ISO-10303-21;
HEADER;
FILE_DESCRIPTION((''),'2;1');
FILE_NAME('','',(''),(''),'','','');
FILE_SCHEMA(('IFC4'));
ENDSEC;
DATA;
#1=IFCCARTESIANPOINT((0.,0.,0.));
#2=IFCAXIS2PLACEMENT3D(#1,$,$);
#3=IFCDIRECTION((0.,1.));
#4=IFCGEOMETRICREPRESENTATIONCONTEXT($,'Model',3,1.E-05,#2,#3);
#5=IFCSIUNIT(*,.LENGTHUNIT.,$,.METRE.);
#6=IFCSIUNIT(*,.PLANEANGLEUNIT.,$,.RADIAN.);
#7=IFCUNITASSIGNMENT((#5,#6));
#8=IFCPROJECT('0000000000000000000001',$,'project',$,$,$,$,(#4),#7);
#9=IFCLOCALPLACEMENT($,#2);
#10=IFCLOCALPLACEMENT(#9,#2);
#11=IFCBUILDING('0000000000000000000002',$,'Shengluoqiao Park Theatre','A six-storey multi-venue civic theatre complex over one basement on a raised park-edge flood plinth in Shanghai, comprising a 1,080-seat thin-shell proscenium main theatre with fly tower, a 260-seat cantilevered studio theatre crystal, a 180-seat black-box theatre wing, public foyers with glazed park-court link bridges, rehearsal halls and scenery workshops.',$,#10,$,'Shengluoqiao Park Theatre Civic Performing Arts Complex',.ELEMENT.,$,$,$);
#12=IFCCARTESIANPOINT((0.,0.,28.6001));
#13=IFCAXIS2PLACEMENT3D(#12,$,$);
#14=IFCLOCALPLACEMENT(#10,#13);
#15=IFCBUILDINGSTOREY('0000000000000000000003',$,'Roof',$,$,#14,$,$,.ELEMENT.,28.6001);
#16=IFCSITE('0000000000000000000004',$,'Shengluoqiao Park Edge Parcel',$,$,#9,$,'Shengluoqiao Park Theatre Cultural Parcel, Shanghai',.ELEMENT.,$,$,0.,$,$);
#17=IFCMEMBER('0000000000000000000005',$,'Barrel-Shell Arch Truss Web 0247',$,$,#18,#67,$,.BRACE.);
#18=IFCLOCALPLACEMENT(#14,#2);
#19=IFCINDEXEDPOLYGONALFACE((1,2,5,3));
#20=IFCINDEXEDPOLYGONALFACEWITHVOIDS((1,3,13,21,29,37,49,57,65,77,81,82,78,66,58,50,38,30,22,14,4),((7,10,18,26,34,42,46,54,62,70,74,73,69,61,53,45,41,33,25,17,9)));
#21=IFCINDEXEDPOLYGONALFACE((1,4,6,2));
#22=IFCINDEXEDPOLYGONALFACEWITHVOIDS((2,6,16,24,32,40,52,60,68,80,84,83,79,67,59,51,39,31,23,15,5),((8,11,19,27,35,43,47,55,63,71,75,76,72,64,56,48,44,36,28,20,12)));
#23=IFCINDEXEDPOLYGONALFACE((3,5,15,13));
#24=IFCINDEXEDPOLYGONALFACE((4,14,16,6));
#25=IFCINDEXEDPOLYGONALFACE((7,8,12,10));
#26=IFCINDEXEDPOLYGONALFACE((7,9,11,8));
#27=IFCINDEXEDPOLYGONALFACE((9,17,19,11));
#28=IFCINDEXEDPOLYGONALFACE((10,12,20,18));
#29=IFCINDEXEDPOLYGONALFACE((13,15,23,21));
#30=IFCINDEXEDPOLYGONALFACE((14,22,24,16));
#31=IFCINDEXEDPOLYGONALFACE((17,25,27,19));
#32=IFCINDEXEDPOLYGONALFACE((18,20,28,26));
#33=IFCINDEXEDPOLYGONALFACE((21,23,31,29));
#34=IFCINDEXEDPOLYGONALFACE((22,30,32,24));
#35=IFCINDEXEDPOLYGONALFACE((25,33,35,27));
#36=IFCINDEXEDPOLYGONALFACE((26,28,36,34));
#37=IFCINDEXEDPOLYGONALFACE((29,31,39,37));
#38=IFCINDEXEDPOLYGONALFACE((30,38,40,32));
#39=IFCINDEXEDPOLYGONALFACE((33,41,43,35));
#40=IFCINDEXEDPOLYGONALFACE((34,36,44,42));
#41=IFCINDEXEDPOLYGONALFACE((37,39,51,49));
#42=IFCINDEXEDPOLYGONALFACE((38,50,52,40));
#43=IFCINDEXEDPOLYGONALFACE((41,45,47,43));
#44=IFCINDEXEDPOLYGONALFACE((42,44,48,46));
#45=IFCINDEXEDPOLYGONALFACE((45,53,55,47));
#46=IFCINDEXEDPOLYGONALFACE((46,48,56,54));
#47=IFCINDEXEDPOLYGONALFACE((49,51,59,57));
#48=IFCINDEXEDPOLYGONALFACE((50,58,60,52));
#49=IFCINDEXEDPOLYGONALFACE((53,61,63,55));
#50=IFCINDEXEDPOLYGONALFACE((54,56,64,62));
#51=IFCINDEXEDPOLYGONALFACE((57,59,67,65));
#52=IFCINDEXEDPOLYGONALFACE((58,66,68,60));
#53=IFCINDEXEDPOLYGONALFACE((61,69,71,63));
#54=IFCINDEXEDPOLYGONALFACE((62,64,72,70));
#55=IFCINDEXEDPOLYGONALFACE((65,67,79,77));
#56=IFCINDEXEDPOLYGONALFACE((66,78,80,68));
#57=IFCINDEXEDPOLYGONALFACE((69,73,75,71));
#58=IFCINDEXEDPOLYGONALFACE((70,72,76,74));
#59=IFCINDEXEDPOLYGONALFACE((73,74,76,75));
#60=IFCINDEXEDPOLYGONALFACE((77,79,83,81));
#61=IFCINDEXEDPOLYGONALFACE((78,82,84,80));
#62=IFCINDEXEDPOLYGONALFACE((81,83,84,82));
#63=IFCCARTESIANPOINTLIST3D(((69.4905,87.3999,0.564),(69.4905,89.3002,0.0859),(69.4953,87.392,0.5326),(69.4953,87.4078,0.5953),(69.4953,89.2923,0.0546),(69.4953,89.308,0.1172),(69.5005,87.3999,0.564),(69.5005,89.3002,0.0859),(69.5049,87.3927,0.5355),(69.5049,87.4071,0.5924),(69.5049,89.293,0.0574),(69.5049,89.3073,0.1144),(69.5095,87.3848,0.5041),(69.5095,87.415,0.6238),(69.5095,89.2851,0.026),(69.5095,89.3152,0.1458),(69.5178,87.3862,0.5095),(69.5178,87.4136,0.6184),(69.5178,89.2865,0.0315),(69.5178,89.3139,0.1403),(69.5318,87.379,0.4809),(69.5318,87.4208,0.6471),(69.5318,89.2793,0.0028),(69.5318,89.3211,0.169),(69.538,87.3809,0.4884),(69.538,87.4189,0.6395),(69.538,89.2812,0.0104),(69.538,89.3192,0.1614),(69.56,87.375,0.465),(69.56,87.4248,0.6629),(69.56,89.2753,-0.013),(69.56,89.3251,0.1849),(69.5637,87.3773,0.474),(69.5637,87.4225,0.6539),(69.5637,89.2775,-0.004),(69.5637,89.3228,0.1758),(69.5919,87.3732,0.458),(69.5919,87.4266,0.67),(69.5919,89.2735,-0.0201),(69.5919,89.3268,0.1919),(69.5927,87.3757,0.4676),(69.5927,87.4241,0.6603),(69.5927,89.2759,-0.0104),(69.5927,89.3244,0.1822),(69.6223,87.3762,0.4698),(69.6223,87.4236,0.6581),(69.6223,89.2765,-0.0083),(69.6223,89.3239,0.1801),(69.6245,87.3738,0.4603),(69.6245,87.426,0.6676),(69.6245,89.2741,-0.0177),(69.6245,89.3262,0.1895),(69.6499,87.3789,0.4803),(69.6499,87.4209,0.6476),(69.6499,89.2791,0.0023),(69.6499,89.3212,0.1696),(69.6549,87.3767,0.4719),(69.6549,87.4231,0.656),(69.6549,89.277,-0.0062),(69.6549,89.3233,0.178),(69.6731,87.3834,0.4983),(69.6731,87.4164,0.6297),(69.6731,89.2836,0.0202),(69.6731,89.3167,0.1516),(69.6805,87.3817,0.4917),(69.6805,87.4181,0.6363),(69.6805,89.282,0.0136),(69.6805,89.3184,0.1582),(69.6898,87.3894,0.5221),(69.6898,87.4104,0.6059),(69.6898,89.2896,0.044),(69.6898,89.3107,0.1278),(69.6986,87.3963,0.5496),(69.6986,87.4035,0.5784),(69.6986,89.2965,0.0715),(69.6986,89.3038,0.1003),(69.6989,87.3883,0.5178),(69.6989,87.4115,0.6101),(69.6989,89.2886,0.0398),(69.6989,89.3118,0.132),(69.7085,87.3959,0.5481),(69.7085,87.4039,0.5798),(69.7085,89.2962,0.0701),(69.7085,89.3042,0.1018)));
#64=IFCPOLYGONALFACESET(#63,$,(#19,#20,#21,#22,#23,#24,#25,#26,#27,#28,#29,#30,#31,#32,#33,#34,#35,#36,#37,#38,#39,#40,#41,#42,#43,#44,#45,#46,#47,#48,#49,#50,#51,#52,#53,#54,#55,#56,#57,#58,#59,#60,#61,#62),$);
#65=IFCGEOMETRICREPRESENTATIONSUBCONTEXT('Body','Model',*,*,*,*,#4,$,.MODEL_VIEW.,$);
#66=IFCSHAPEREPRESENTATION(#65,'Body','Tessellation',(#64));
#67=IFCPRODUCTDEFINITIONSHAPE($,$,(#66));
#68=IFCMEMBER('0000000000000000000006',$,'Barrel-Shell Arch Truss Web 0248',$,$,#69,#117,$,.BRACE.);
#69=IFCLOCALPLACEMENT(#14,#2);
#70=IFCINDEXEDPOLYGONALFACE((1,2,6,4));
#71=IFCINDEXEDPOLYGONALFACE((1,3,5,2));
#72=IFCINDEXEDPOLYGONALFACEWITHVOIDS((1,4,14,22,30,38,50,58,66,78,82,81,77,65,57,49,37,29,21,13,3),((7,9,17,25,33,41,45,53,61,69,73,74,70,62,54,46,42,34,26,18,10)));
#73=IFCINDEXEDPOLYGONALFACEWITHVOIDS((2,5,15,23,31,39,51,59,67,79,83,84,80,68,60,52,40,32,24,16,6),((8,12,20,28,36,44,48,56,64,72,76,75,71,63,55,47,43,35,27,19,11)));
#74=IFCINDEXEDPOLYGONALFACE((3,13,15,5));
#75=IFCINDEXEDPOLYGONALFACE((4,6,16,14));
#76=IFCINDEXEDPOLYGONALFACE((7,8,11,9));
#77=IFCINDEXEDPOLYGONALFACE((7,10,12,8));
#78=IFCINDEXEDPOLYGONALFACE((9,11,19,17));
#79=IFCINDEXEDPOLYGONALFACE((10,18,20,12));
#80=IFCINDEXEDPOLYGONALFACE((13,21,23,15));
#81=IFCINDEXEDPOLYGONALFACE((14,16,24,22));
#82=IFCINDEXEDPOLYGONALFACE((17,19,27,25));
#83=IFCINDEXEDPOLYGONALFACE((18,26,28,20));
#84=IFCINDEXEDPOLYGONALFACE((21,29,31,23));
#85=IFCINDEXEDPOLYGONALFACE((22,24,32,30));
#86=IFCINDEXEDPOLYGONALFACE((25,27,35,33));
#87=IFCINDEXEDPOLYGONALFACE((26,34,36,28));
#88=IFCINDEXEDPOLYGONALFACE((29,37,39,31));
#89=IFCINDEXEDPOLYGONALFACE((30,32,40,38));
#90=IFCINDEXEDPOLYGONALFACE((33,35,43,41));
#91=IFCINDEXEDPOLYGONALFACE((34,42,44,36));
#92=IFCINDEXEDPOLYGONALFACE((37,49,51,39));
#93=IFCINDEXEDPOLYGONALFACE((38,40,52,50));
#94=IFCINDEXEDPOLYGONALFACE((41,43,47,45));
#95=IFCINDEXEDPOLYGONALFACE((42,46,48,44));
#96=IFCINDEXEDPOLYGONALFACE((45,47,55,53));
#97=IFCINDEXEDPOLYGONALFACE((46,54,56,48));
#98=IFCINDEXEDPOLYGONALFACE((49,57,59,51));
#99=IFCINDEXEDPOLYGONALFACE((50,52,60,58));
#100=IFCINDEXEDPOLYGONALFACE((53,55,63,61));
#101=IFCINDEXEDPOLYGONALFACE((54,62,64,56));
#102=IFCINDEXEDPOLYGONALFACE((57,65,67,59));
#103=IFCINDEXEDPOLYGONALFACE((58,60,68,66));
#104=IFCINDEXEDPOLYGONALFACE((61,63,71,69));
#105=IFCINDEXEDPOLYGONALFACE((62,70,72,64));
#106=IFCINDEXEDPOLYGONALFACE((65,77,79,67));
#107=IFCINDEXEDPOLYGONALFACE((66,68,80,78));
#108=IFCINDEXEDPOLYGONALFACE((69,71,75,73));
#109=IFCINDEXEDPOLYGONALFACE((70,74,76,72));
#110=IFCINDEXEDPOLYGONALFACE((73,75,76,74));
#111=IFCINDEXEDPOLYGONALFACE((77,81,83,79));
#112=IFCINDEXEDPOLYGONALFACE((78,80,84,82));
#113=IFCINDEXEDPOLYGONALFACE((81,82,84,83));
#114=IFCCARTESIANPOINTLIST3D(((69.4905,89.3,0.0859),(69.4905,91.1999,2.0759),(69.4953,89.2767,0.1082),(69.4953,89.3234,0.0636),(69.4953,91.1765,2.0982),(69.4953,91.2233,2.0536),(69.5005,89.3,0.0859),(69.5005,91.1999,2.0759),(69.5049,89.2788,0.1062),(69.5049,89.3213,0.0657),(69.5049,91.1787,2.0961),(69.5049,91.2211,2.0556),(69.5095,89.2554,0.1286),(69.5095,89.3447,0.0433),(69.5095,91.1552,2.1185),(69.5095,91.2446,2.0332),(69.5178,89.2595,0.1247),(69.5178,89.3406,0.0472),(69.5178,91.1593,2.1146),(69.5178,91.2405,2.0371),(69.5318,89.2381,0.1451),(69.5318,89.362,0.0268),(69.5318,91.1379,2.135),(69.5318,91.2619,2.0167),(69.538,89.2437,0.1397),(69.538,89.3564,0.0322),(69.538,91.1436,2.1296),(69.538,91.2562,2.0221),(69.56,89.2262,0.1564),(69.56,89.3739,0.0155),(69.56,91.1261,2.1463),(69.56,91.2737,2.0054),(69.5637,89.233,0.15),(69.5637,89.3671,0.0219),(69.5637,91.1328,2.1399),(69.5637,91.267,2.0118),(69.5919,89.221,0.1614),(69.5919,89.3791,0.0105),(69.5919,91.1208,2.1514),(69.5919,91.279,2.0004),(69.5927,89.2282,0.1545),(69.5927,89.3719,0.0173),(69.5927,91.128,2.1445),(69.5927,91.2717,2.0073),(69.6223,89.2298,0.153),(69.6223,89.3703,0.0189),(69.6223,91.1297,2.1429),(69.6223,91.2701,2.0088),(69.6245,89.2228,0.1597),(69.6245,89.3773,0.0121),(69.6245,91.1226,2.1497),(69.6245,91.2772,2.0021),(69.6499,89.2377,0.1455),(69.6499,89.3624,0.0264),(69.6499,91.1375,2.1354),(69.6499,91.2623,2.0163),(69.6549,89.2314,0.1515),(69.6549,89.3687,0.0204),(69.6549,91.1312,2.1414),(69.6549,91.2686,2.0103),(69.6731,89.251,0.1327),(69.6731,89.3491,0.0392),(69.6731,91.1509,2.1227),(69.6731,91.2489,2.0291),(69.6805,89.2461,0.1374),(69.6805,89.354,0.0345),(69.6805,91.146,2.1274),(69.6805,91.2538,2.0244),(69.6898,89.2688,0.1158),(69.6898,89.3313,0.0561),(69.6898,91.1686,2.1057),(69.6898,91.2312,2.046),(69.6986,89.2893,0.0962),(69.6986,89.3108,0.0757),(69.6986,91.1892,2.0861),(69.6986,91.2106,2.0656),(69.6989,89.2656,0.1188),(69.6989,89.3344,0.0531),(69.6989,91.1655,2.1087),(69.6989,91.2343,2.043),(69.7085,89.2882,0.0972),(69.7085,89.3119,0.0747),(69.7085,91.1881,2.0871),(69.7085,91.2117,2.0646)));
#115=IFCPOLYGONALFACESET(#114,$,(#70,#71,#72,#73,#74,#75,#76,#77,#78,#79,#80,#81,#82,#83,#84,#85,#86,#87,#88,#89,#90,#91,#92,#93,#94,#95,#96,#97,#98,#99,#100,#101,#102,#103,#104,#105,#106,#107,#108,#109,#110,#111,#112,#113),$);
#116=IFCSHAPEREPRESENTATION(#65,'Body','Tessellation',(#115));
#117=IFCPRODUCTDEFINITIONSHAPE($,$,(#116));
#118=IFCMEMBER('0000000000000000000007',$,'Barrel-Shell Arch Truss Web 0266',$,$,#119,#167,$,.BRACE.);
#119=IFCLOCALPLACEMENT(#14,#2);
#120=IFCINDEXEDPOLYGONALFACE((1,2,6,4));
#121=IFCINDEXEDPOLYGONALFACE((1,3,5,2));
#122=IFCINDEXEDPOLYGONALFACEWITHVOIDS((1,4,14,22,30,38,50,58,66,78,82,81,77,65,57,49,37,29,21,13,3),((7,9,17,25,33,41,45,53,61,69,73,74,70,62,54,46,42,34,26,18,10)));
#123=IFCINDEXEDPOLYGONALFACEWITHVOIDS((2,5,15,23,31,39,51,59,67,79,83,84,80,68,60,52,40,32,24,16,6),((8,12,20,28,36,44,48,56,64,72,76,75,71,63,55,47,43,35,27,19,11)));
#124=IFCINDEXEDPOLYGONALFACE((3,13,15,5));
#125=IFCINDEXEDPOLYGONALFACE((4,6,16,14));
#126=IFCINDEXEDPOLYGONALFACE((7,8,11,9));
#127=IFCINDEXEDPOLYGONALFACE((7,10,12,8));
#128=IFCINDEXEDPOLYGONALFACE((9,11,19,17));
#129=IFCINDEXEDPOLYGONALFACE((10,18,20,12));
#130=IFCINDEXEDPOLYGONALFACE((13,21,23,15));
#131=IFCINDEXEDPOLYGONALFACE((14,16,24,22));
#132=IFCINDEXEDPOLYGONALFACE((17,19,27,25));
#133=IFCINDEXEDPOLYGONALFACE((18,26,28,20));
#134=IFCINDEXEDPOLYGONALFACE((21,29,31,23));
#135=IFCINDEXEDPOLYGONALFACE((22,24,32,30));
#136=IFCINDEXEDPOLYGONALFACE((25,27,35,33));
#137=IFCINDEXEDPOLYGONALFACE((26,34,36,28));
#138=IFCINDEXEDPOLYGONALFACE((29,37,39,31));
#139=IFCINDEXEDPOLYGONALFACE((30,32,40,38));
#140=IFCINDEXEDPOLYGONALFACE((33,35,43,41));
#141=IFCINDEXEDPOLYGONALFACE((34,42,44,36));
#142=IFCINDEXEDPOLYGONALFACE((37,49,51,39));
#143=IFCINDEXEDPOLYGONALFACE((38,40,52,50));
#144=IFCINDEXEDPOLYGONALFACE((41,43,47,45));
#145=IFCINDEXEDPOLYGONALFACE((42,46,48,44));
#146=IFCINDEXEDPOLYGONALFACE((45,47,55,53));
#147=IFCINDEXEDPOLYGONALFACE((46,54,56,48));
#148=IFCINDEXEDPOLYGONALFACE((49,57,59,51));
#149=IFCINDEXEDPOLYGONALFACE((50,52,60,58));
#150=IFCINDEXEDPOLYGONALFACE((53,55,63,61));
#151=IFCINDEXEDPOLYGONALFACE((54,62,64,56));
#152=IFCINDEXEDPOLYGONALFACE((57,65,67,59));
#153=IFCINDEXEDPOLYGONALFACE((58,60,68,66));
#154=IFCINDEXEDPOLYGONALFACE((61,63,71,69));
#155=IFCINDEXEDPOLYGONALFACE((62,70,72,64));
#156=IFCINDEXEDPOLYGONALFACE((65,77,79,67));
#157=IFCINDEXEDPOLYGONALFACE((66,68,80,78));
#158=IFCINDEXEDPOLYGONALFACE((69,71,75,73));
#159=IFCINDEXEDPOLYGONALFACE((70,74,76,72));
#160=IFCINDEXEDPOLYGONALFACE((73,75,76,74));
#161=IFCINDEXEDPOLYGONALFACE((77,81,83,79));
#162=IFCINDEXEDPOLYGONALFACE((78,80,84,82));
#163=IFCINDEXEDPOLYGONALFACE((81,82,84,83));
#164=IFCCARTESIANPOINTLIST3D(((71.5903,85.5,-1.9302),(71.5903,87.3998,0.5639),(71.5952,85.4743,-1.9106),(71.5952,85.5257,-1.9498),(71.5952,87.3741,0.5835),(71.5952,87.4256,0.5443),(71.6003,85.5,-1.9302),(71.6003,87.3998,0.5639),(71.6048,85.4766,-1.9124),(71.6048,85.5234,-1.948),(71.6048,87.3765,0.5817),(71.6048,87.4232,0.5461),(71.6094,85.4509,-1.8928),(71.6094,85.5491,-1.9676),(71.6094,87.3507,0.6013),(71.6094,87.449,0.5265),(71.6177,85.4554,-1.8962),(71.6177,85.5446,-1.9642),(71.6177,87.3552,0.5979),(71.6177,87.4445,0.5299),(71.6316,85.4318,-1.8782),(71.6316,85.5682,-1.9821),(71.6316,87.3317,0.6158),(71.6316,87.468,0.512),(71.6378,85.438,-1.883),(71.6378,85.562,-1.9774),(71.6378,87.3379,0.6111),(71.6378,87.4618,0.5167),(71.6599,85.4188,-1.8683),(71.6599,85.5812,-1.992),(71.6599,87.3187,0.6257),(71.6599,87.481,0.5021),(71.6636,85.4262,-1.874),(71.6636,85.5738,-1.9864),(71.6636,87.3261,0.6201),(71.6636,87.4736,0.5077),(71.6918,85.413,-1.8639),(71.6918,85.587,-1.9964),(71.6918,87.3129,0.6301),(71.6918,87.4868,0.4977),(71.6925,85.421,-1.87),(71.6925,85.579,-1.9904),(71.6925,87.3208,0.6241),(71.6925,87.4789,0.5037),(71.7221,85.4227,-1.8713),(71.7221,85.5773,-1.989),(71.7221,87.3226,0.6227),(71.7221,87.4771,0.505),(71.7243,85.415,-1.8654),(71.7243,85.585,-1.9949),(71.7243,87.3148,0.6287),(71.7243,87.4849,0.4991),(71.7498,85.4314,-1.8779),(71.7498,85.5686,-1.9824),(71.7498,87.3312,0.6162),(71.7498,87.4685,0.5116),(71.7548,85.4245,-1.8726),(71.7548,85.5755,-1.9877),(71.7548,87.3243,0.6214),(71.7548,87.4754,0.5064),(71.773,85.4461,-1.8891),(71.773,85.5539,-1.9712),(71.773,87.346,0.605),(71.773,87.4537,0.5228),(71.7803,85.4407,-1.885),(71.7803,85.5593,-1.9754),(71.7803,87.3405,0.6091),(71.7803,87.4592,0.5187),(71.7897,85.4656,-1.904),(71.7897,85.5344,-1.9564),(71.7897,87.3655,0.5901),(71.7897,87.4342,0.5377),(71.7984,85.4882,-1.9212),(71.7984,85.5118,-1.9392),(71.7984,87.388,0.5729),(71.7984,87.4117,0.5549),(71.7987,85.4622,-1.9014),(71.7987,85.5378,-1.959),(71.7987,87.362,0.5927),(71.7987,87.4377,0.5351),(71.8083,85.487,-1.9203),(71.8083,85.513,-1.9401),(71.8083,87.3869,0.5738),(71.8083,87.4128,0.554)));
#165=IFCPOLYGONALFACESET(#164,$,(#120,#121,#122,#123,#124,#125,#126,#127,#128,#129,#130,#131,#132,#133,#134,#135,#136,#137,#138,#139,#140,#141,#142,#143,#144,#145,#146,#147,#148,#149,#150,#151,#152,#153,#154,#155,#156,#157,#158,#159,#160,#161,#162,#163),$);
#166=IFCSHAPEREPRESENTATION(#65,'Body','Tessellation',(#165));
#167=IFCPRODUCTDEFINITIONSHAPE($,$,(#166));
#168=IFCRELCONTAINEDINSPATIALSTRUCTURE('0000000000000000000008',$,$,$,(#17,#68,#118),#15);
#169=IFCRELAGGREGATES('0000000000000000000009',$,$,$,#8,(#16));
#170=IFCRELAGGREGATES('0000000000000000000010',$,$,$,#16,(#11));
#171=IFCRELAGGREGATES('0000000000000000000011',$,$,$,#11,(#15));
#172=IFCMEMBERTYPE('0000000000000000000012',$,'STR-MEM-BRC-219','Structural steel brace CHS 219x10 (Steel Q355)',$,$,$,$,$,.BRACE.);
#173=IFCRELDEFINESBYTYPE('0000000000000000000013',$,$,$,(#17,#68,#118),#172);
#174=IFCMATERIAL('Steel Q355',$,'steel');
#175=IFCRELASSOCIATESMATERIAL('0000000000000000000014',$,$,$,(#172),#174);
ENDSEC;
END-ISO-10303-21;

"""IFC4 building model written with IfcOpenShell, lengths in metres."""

from ifc_helpers import new_model, si_unit, direction, frame, origin, origin_2d, place, context, subcontext, project, spatial, hollow_circle, extrude, material, material_profile, profile_set, type_object, element, save


model = new_model("IFC4")

# Units and contexts
model_context = context("Model", 3, precision=1e-05, world=origin(), true_north=direction((0.0, 1.0)))
body_context = subcontext(model_context, "Body", "Model", "MODEL_VIEW")
ifc_project = project(units=[si_unit("LENGTHUNIT", "METRE"), si_unit("PLANEANGLEUNIT", "RADIAN")], contexts=[model_context])

# Site, building, storey
site_placement = place(None, origin())
site = spatial("IfcSite", under=ifc_project, at=site_placement, Name="Shengluoqiao Park Edge Parcel", LongName="Shengluoqiao Park Theatre Cultural Parcel, Shanghai", CompositionType="ELEMENT", RefElevation=0.0)
building_placement = place(site_placement, origin())
building = spatial("IfcBuilding", under=site, at=building_placement, Name="Shengluoqiao Park Theatre", Description="A six-storey multi-venue civic theatre complex over one basement on a raised park-edge flood plinth in Shanghai, comprising a 1,080-seat thin-shell proscenium main theatre with fly tower, a 260-seat cantilevered studio theatre crystal, a 180-seat black-box theatre wing, public foyers with glazed park-court link bridges, rehearsal halls and scenery workshops.", LongName="Shengluoqiao Park Theatre Civic Performing Arts Complex", CompositionType="ELEMENT")
storey_placement = place(building_placement, frame((0.0, 0.0, 28.6001)))
storey = spatial("IfcBuildingStorey", under=building, at=storey_placement, Name="Roof", CompositionType="ELEMENT", Elevation=28.6001)

# Shared definitions
ifc_material_1 = material(Name="Steel Q355", Category="steel")

# Members
ifc_material_profile_1 = material_profile(ifc_material_1, hollow_circle(Radius=0.1096, WallThickness=0.01, at=origin_2d()), Name="CHS 219x10")
ifc_profile_set_1 = profile_set([ifc_material_profile_1], Name="Steel Q355")
member_type_1 = type_object("IfcMemberType", Name="STR-MEM-BRC-219", Description="Structural steel brace CHS 219x10 (Steel Q355)", PredefinedType="BRACE", material=ifc_profile_set_1)
member_1_placement = place(storey_placement, frame((69.6001, 87.3999, 0.564), z_axis=(0.0, 0.969782, -0.243972), x_axis=(-1.0, 0.0, 0.0)))
element("IfcMember", 1, at=member_1_placement, inside=storey, type_object=member_type_1, Name="Barrel-Shell Arch Truss Web 0247", PredefinedType="BRACE", context=body_context, shape_type="SweptSolid", body=[
    extrude(hollow_circle(Radius=0.1096, WallThickness=0.01, at=origin_2d()), origin(), (0.0, 0.0, 1.0), 1.9595),
])
member_2_placement = place(storey_placement, frame((69.6001, 89.3, 0.0859), z_axis=(0.0, 0.690545, 0.723289), x_axis=(-1.0, 0.0, 0.0)))
element("IfcMember", 2, at=member_2_placement, inside=storey, type_object=member_type_1, Name="Barrel-Shell Arch Truss Web 0248", PredefinedType="BRACE", context=body_context, shape_type="SweptSolid", body=[
    extrude(hollow_circle(Radius=0.1096, WallThickness=0.01, at=origin_2d()), origin(), (0.0, 0.0, 1.0), 2.7512),
])
member_3_placement = place(storey_placement, frame((71.7, 85.5, -1.9302), z_axis=(0.0, 0.605963, 0.795492), x_axis=(-1.0, 0.0, 0.0)))
element("IfcMember", 3, at=member_3_placement, inside=storey, type_object=member_type_1, Name="Barrel-Shell Arch Truss Web 0266", PredefinedType="BRACE", context=body_context, shape_type="SweptSolid", body=[
    extrude(hollow_circle(Radius=0.1096, WallThickness=0.01, at=origin_2d()), origin(), (0.0, 0.0, 1.0), 3.1353),
])

save(model, "model.ifc")
